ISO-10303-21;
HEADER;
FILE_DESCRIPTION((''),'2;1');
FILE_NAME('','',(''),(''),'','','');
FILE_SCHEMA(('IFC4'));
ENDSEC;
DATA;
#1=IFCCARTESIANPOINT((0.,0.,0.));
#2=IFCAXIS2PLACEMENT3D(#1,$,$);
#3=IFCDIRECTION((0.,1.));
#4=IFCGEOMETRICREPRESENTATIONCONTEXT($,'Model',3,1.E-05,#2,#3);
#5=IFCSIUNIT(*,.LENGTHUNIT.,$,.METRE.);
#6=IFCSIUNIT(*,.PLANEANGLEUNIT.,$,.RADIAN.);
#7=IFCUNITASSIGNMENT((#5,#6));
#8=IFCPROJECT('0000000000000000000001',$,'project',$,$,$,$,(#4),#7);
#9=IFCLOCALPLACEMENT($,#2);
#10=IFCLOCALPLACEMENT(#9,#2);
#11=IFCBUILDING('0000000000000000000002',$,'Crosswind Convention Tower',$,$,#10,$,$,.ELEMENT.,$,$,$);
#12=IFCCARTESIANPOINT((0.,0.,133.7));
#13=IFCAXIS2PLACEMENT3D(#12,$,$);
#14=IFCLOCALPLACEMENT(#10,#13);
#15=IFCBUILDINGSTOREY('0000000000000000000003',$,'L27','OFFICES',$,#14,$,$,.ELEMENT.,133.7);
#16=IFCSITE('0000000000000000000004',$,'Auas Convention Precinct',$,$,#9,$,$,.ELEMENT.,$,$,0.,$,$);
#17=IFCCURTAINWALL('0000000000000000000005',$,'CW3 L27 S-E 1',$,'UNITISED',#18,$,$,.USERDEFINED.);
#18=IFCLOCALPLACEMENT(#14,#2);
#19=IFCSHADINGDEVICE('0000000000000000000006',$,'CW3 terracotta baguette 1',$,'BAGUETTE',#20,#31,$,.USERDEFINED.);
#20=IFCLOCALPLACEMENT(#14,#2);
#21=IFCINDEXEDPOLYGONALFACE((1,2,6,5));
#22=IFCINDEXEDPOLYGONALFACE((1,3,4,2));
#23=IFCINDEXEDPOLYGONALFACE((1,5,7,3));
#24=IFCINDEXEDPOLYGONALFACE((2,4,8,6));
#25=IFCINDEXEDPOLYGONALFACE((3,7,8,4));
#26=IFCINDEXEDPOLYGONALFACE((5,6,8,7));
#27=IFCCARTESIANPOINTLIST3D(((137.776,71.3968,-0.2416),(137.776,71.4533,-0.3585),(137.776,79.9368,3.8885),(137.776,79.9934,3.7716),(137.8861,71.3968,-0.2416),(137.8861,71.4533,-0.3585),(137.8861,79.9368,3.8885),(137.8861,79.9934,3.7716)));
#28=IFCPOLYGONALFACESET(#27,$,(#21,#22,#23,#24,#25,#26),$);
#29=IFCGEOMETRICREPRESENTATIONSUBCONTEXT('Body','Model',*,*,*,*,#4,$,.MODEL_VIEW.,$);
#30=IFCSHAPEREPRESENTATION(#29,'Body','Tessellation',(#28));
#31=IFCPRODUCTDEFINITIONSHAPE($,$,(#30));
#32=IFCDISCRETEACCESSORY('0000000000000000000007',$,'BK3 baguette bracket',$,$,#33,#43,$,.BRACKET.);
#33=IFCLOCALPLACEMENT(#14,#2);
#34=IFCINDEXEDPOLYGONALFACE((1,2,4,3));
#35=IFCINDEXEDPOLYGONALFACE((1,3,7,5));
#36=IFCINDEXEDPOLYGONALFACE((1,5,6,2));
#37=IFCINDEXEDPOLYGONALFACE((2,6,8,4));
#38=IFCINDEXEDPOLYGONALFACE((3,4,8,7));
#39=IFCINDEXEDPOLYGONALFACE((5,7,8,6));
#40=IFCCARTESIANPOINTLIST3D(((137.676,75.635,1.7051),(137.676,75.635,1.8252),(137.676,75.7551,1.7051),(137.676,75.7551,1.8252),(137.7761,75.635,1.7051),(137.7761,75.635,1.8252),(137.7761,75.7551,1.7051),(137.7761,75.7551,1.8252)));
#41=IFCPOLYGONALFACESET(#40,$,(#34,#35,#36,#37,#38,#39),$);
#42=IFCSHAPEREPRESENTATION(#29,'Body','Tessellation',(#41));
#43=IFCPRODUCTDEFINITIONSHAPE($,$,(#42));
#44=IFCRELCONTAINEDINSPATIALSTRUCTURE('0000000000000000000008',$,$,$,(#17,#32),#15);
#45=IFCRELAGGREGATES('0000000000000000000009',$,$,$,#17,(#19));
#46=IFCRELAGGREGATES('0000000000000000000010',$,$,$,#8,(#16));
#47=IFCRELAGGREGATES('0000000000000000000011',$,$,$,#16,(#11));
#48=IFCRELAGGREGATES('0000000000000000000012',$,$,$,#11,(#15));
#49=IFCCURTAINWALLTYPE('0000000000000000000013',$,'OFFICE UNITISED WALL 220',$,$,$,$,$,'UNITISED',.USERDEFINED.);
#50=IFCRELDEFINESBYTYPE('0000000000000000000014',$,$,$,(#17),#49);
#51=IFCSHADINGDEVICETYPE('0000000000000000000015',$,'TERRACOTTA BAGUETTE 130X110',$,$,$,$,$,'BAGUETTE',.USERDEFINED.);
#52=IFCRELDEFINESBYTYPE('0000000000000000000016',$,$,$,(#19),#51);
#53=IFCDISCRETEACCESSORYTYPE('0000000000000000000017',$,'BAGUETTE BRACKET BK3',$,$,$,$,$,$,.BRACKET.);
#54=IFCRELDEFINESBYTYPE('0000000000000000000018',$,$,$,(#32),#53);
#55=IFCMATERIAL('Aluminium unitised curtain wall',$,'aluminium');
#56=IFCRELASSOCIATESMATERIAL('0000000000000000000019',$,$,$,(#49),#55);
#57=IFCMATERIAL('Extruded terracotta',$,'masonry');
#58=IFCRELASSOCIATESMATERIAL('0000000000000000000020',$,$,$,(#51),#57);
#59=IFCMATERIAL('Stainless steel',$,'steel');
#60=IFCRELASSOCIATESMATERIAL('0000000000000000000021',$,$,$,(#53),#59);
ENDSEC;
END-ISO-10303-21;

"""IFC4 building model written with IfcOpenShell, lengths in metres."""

from ifc_helpers import new_model, si_unit, direction, frame, origin, origin_2d, place, context, subcontext, project, spatial, rectangle, extrude, material, material_profile, profile_set, type_object, element, aggregate, save


model = new_model("IFC4")

# Units and contexts
model_context = context("Model", 3, precision=1e-05, world=origin(), true_north=direction((0.0, 1.0)))
body_context = subcontext(model_context, "Body", "Model", "MODEL_VIEW")
ifc_project = project(units=[si_unit("LENGTHUNIT", "METRE"), si_unit("PLANEANGLEUNIT", "RADIAN")], contexts=[model_context])

# Site, building, storey
site_placement = place(None, origin())
site = spatial("IfcSite", under=ifc_project, at=site_placement, Name="Auas Convention Precinct", CompositionType="ELEMENT", RefElevation=0.0)
building_placement = place(site_placement, origin())
building = spatial("IfcBuilding", under=site, at=building_placement, Name="Crosswind Convention Tower", CompositionType="ELEMENT")
storey_placement = place(building_placement, frame((0.0, 0.0, 133.7)))
storey = spatial("IfcBuildingStorey", under=building, at=storey_placement, Name="L27", Description="OFFICES", CompositionType="ELEMENT", Elevation=133.7)

# Shared definitions
ifc_material_1 = material(Name="Aluminium unitised curtain wall", Category="aluminium")

# Curtain wall
curtain_wall_type_1 = type_object("IfcCurtainWallType", Name="OFFICE UNITISED WALL 220", ElementType="UNITISED", PredefinedType="USERDEFINED", material=ifc_material_1)
curtain_wall_1_placement = place(storey_placement, origin())
curtain_wall_1 = element("IfcCurtainWall", 1, at=curtain_wall_1_placement, inside=storey, type_object=curtain_wall_type_1, Name="CW3 L27 S-E 1", ObjectType="UNITISED", PredefinedType="USERDEFINED")

# Shading device
ifc_material_2 = material(Name="Extruded terracotta", Category="masonry")
ifc_material_profile_1 = material_profile(ifc_material_2, rectangle(XDim=0.1101, YDim=0.1299, at=origin_2d()), Name="TC 110X130")
ifc_profile_set_1 = profile_set([ifc_material_profile_1], Name="Extruded terracotta")
shading_device_type = type_object("IfcShadingDeviceType", Name="TERRACOTTA BAGUETTE 130X110", ElementType="BAGUETTE", PredefinedType="USERDEFINED", material=ifc_profile_set_1)
shading_device_1_placement = place(storey_placement, frame((137.8311, 71.425, -0.3), z_axis=(0.0, 0.900248, 0.435377), x_axis=(-1.0, 0.0, 0.0)))
shading_device_1 = element("IfcShadingDevice", 2, at=shading_device_1_placement, type_object=shading_device_type, Name="CW3 terracotta baguette 1", ObjectType="BAGUETTE", PredefinedType="USERDEFINED", context=body_context, shape_type="SweptSolid", body=[
    extrude(rectangle(XDim=0.1101, YDim=0.1299, at=origin_2d()), origin(), (0.0, 0.0, 1.0), 9.4863),
])
aggregate(curtain_wall_1, [shading_device_1])

# Discrete accessory
ifc_material_3 = material(Name="Stainless steel", Category="steel")
discrete_accessory_type = type_object("IfcDiscreteAccessoryType", Name="BAGUETTE BRACKET BK3", PredefinedType="BRACKET", material=ifc_material_3)
discrete_accessory_placement = place(storey_placement, frame((137.7261, 75.6951, 1.7051), z_axis=(0.0, 0.0, 1.0), x_axis=(0.0, 1.0, 0.0)))
element("IfcDiscreteAccessory", 3, at=discrete_accessory_placement, inside=storey, type_object=discrete_accessory_type, Name="BK3 baguette bracket", PredefinedType="BRACKET", context=body_context, shape_type="SweptSolid", body=[
    extrude(rectangle(XDim=0.1201, YDim=0.1001, at=origin_2d()), origin(), (0.0, 0.0, 1.0), 0.1201),
])

save(model, "model.ifc")
